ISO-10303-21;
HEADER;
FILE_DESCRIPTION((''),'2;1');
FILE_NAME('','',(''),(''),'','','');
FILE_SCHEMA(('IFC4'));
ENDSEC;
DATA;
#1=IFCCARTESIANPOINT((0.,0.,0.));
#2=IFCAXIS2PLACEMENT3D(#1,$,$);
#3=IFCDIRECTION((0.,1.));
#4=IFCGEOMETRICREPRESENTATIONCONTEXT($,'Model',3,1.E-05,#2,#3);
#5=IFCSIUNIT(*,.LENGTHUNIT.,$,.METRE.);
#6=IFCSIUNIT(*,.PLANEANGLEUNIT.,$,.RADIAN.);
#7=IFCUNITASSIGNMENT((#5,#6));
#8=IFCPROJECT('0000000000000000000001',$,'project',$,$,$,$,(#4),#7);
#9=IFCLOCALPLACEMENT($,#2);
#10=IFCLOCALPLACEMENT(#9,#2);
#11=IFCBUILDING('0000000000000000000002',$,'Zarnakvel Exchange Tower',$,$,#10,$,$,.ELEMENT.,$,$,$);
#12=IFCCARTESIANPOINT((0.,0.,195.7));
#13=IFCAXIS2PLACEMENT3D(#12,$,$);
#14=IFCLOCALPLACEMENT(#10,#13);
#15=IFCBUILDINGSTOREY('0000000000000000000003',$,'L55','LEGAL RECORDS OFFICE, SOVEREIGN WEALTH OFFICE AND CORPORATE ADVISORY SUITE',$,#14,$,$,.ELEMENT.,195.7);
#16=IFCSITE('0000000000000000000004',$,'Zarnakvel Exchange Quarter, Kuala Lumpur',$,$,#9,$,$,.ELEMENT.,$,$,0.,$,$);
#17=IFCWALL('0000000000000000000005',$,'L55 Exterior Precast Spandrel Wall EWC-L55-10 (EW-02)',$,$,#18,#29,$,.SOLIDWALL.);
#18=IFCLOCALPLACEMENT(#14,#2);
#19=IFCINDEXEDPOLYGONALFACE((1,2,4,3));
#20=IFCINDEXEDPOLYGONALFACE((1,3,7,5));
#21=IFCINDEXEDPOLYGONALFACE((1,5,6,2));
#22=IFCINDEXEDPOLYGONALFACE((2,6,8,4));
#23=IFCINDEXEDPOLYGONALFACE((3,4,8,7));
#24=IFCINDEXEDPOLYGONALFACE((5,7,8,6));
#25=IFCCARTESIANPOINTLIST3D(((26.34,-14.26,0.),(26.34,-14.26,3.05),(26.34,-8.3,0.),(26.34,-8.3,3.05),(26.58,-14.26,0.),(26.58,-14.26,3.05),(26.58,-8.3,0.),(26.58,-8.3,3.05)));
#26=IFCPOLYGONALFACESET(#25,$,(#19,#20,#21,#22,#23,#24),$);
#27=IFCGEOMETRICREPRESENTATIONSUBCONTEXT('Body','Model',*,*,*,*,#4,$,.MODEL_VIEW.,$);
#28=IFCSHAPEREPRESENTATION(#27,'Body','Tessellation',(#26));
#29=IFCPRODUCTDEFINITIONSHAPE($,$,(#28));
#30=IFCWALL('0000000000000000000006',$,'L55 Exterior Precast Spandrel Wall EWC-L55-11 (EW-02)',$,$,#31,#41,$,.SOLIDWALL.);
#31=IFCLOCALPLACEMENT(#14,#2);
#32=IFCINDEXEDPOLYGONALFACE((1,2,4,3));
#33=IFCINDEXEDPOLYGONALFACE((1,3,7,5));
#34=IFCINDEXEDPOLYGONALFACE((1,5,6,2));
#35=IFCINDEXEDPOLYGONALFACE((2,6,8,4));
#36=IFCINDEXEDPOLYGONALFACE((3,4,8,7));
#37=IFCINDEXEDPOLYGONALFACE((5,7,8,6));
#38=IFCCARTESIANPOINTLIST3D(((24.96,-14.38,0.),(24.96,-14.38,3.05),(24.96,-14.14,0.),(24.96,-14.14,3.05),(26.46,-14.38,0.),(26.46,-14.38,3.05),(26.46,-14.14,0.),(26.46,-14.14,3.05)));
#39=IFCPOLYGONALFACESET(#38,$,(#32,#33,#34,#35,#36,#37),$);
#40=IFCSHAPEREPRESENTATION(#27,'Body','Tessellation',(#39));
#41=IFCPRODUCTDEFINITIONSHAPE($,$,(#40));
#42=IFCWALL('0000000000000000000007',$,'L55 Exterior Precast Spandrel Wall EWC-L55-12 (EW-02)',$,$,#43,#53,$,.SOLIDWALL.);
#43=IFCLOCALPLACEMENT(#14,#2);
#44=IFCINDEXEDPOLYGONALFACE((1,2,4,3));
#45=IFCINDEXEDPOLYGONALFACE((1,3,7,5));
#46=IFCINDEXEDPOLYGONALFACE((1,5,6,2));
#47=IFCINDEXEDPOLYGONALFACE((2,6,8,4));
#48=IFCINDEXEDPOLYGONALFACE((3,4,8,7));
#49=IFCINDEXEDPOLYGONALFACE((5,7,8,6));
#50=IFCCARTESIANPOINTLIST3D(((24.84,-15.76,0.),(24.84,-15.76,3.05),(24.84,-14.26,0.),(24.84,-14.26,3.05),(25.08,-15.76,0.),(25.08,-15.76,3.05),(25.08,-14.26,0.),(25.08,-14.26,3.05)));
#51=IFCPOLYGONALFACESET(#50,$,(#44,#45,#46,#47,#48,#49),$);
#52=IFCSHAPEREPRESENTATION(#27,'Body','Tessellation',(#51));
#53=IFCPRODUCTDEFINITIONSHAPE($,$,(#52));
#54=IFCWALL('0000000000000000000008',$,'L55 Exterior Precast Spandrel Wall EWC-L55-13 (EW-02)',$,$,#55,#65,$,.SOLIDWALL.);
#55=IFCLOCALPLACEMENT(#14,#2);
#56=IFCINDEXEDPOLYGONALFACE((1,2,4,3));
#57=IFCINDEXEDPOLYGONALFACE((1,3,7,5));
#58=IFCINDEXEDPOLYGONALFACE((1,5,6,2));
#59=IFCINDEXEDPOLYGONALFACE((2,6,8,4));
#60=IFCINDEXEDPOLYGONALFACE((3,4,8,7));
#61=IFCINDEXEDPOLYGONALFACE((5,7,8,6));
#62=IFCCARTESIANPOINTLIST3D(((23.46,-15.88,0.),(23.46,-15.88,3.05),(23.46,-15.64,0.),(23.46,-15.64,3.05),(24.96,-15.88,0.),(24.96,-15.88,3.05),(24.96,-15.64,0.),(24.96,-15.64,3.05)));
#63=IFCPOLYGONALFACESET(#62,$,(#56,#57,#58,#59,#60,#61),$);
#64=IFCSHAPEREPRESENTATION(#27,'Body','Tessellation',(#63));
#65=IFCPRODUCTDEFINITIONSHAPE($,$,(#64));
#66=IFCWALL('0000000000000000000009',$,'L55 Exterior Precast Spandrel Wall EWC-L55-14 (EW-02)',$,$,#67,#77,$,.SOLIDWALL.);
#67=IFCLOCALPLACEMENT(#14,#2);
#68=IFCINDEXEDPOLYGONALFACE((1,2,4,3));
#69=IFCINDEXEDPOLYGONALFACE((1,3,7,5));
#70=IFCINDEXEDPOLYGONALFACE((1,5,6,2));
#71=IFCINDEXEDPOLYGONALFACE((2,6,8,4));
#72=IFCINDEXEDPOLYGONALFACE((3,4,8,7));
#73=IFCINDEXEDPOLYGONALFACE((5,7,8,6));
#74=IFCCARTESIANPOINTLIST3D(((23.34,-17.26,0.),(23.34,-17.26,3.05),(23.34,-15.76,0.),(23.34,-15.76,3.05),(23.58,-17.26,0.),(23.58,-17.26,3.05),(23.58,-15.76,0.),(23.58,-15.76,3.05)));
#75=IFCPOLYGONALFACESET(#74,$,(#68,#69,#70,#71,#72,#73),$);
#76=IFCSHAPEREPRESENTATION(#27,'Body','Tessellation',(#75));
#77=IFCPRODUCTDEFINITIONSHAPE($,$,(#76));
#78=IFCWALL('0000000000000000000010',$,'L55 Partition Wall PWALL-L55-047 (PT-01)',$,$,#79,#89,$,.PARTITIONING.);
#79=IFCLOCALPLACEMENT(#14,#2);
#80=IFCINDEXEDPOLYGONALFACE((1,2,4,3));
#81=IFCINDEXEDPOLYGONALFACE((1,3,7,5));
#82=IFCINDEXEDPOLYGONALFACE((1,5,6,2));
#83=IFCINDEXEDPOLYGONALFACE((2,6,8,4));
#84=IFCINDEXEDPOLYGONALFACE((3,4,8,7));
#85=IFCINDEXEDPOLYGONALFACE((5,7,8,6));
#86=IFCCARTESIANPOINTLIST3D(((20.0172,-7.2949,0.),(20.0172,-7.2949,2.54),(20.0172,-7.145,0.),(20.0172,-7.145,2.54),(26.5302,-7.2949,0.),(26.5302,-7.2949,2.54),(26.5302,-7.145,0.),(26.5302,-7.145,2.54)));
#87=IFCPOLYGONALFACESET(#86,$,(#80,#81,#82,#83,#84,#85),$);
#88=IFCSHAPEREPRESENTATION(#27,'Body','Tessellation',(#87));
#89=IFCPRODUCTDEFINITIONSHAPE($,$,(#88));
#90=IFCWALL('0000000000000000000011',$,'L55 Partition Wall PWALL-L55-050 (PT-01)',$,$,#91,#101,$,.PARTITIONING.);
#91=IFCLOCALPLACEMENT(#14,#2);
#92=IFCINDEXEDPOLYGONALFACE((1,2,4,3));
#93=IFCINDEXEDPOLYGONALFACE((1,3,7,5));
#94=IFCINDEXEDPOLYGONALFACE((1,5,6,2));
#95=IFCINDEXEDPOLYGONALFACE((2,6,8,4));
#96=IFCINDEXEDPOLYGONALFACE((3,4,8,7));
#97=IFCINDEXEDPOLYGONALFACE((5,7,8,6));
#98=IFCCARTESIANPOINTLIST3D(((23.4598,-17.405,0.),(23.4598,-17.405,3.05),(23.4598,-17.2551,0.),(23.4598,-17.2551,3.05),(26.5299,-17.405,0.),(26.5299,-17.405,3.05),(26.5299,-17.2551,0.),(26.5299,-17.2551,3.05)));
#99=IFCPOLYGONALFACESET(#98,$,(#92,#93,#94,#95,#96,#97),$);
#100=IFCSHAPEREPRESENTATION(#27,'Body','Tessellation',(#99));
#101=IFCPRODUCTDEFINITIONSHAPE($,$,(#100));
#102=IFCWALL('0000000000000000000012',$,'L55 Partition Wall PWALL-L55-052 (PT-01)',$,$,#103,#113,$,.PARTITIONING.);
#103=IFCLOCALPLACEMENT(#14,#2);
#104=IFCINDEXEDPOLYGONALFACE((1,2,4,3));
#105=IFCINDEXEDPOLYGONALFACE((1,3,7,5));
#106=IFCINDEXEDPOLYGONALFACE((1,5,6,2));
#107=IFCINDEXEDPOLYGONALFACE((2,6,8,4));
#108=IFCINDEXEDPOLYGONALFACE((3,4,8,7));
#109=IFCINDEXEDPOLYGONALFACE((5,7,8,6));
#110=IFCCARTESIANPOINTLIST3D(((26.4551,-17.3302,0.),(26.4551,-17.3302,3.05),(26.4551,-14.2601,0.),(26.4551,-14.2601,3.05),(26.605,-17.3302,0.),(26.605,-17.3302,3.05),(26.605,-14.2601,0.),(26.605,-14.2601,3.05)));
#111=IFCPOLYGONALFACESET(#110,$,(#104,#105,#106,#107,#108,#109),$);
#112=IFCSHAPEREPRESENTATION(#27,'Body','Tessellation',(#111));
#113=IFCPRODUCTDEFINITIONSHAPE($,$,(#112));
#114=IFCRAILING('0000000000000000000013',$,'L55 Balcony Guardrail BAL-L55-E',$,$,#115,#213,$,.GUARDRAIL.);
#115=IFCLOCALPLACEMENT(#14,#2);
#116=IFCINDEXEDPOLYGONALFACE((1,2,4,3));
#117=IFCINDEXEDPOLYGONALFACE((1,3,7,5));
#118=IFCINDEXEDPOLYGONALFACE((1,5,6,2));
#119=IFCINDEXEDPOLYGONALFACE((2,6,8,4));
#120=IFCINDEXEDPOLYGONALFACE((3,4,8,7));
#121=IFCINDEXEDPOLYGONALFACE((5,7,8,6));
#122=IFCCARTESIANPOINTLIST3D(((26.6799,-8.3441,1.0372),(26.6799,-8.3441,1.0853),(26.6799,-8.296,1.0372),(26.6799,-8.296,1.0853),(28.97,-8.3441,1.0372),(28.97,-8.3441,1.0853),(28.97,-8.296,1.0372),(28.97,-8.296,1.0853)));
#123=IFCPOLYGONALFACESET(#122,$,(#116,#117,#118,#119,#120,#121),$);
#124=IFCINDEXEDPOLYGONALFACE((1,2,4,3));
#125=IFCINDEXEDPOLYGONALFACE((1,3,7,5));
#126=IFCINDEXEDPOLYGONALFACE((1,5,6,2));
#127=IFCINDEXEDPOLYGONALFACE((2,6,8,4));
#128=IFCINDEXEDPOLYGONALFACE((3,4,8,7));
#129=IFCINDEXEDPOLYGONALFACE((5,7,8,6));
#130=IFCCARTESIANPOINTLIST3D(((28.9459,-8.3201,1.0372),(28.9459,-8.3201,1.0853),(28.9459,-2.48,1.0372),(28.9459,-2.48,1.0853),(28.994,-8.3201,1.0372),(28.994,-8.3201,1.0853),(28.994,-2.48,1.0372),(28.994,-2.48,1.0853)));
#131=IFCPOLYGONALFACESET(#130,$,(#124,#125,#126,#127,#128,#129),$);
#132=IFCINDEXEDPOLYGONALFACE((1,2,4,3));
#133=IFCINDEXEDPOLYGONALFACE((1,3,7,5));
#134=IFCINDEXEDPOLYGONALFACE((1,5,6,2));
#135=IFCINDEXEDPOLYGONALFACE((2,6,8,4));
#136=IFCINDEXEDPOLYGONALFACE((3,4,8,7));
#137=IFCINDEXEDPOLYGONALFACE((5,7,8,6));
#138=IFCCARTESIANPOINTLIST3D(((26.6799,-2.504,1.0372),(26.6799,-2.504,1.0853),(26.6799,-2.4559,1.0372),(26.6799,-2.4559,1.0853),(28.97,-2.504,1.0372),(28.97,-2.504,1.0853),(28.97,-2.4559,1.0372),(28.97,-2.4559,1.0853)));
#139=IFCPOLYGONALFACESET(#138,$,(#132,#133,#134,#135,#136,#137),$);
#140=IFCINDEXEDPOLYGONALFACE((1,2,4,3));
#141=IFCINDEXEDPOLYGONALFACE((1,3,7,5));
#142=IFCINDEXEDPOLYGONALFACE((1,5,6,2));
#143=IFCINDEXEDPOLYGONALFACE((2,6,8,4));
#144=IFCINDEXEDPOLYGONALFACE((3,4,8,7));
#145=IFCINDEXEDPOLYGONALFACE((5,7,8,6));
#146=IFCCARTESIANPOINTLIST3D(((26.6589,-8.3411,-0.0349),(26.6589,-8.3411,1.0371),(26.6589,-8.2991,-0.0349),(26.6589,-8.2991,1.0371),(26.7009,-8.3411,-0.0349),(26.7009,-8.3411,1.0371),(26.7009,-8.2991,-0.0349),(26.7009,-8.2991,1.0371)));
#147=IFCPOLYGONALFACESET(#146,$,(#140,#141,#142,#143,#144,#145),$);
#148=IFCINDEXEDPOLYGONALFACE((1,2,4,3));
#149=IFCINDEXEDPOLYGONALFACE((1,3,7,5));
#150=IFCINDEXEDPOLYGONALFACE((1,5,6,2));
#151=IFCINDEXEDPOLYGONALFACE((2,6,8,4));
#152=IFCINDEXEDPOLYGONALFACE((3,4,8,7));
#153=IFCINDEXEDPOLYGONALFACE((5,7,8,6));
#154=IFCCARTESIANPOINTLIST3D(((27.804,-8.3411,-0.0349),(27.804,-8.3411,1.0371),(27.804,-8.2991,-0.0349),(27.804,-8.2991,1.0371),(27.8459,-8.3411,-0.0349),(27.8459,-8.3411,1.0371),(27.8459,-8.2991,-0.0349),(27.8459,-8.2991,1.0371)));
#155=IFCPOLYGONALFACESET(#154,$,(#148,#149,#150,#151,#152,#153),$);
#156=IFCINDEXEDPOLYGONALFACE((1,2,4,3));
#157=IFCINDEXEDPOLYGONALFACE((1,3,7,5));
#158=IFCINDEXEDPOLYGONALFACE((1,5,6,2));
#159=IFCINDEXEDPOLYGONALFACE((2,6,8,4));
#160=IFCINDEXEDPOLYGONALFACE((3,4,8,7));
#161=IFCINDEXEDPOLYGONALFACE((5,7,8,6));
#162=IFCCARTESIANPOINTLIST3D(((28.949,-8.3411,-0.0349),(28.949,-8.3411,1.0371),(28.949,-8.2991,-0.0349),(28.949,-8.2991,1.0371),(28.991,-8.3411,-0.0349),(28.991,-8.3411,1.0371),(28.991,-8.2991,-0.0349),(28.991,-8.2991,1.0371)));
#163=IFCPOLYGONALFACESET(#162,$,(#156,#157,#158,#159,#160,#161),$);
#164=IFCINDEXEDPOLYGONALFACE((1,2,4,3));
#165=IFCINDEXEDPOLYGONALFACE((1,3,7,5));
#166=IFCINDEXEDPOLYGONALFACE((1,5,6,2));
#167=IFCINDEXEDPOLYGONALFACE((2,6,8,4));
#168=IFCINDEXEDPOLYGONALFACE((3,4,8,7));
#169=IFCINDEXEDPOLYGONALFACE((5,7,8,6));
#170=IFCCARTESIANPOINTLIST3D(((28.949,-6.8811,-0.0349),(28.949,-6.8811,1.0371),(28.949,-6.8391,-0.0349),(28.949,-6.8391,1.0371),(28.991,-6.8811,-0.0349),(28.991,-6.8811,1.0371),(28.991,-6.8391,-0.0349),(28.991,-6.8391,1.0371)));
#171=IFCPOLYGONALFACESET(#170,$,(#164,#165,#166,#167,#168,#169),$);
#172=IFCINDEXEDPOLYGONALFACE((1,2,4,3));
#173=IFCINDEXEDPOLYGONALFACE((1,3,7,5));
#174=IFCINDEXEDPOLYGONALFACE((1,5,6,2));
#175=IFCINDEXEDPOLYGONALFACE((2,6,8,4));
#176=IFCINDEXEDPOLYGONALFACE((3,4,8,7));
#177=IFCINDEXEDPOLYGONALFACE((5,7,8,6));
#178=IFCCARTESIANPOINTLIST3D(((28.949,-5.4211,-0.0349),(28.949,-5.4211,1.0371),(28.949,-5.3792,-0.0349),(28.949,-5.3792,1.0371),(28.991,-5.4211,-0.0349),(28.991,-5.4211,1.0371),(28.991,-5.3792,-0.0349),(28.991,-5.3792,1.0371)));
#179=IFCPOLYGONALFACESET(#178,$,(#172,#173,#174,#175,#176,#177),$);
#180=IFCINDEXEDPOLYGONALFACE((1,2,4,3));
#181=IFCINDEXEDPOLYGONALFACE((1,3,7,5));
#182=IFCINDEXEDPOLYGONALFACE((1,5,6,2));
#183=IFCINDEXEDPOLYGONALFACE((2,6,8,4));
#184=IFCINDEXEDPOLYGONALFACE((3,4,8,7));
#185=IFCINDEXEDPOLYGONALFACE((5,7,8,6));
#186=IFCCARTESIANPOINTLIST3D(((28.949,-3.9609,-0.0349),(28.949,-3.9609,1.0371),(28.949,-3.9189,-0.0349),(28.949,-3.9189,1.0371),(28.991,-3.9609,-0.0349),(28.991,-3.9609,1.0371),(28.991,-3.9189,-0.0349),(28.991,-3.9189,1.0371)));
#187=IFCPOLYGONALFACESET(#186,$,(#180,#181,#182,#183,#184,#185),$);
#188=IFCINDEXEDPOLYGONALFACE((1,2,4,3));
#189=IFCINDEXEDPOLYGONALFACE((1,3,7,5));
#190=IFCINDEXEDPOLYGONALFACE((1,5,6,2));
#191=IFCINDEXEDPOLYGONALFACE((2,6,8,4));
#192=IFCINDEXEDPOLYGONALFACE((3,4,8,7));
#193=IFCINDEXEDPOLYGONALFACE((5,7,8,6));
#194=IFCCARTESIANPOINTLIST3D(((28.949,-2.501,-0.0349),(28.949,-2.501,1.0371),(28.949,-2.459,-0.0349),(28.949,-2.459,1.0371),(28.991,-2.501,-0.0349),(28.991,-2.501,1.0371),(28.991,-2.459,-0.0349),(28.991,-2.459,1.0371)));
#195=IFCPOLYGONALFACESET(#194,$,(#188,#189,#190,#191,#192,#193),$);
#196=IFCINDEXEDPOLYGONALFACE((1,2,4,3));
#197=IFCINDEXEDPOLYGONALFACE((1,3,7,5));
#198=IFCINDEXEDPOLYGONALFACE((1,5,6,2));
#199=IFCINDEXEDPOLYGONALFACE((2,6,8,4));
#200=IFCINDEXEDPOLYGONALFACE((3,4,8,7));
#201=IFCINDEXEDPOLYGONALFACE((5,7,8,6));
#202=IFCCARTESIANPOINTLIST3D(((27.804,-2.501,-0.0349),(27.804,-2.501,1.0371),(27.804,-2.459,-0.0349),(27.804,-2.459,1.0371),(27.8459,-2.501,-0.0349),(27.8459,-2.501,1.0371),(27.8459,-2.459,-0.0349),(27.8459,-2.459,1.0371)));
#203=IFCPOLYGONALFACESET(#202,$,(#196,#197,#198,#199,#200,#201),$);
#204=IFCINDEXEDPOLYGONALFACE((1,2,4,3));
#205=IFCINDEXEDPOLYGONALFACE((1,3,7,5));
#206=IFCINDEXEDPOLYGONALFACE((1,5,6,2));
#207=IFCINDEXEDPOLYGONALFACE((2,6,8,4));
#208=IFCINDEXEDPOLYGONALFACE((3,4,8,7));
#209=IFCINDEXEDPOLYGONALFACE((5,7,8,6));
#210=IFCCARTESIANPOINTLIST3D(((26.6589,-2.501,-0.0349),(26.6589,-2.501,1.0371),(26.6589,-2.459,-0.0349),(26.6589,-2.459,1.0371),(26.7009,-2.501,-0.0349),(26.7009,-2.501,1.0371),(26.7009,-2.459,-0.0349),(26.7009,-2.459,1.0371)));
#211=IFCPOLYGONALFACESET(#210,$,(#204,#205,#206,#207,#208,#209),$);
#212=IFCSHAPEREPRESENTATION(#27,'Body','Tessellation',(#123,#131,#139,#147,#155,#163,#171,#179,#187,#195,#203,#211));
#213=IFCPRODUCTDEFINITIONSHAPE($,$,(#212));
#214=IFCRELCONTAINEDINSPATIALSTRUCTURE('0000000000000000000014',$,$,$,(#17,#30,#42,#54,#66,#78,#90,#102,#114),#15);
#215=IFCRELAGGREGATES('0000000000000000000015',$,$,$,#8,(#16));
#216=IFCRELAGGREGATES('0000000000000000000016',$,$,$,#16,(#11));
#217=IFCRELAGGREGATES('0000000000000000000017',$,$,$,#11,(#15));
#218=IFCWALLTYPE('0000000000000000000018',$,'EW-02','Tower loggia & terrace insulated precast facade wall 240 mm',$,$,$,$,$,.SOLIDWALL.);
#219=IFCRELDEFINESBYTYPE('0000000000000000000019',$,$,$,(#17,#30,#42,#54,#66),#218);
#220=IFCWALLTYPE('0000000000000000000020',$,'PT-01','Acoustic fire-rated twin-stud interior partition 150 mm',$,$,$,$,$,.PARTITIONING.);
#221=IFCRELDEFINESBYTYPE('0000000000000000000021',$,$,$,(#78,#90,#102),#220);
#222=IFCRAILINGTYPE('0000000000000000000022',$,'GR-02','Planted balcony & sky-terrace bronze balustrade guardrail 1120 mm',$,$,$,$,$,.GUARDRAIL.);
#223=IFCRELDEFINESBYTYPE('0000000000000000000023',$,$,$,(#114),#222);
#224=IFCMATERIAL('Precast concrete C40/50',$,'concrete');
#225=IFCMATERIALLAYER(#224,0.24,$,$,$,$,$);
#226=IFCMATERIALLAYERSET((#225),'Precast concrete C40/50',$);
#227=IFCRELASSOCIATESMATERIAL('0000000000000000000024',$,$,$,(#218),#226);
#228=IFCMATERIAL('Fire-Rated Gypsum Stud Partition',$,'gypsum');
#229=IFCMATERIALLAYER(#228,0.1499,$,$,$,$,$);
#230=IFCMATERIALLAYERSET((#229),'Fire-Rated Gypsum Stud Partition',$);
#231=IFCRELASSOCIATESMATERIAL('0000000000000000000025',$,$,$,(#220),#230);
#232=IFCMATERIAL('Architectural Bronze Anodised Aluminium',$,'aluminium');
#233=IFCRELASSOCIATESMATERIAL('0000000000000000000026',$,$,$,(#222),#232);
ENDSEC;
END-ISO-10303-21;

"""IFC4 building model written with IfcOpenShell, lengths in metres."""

from ifc_helpers import new_model, si_unit, direction, frame, frame_2d, origin, origin_2d, place, context, subcontext, project, spatial, rectangle, extrude, material, layer, layer_set, type_object, element, save


model = new_model("IFC4")

# Units and contexts
model_context = context("Model", 3, precision=1e-05, world=origin(), true_north=direction((0.0, 1.0)))
body_context = subcontext(model_context, "Body", "Model", "MODEL_VIEW")
ifc_project = project(units=[si_unit("LENGTHUNIT", "METRE"), si_unit("PLANEANGLEUNIT", "RADIAN")], contexts=[model_context])

# Site, building, storey
site_placement = place(None, origin())
site = spatial("IfcSite", under=ifc_project, at=site_placement, Name="Zarnakvel Exchange Quarter, Kuala Lumpur", CompositionType="ELEMENT", RefElevation=0.0)
building_placement = place(site_placement, origin())
building = spatial("IfcBuilding", under=site, at=building_placement, Name="Zarnakvel Exchange Tower", CompositionType="ELEMENT")
storey_placement = place(building_placement, frame((0.0, 0.0, 195.7)))
storey = spatial("IfcBuildingStorey", under=building, at=storey_placement, Name="L55", Description="LEGAL RECORDS OFFICE, SOVEREIGN WEALTH OFFICE AND CORPORATE ADVISORY SUITE", CompositionType="ELEMENT", Elevation=195.7)

# Shared definitions
ifc_material_1 = material(Name="Architectural Bronze Anodised Aluminium", Category="aluminium")

# Shared definitions
ifc_material_2 = material(Name="Precast concrete C40/50", Category="concrete")
ifc_layer_1 = layer(ifc_material_2, 0.24)
ifc_layer_set_1 = layer_set([ifc_layer_1], Name="Precast concrete C40/50")
wall_type_1 = type_object("IfcWallType", Name="EW-02", Description="Tower loggia & terrace insulated precast facade wall 240 mm", PredefinedType="SOLIDWALL", material=ifc_layer_set_1)

# Walls
wall_1_placement = place(storey_placement, frame((26.46, -14.26, 0.0), z_axis=(0.0, 0.0, 1.0), x_axis=(0.0, 1.0, 0.0)))
element("IfcWall", 1, at=wall_1_placement, inside=storey, type_object=wall_type_1, Name="L55 Exterior Precast Spandrel Wall EWC-L55-10 (EW-02)", PredefinedType="SOLIDWALL", context=body_context, shape_type="SweptSolid", body=[
    extrude(rectangle(XDim=5.96, YDim=0.24, at=frame_2d((2.98, 0.0))), origin(), (0.0, 0.0, 1.0), 3.05),
])
for number, where, z_axis, x_axis, name in (
    (2, (24.96, -14.26, 0.0), (0.0, 0.0, 1.0), (1.0, 0.0, 0.0), "L55 Exterior Precast Spandrel Wall EWC-L55-11 (EW-02)"),
    (3, (24.96, -15.76, 0.0), (0.0, 0.0, 1.0), (0.0, 1.0, 0.0), "L55 Exterior Precast Spandrel Wall EWC-L55-12 (EW-02)"),
    (4, (23.46, -15.76, 0.0), (0.0, 0.0, 1.0), (1.0, 0.0, 0.0), "L55 Exterior Precast Spandrel Wall EWC-L55-13 (EW-02)"),
    (5, (23.46, -17.26, 0.0), (0.0, 0.0, 1.0), (0.0, 1.0, 0.0), "L55 Exterior Precast Spandrel Wall EWC-L55-14 (EW-02)"),
):
    element("IfcWall", number, at=place(storey_placement, frame(where, z_axis=z_axis, x_axis=x_axis)), inside=storey, type_object=wall_type_1, Name=name, PredefinedType="SOLIDWALL", context=body_context, shape_type="SweptSolid", body=[
        extrude(rectangle(XDim=1.5, YDim=0.24, at=frame_2d((0.75, 0.0))), origin(), (0.0, 0.0, 1.0), 3.05),
    ])
ifc_material_3 = material(Name="Fire-Rated Gypsum Stud Partition", Category="gypsum")
ifc_layer_2 = layer(ifc_material_3, 0.1499)
ifc_layer_set_2 = layer_set([ifc_layer_2], Name="Fire-Rated Gypsum Stud Partition")
wall_type_2 = type_object("IfcWallType", Name="PT-01", Description="Acoustic fire-rated twin-stud interior partition 150 mm", PredefinedType="PARTITIONING", material=ifc_layer_set_2)
wall_2_placement = place(storey_placement, frame((26.53, -7.22, 0.0), z_axis=(0.0, 0.0, 1.0), x_axis=(-1.0, 0.0, 0.0)))
element("IfcWall", 6, at=wall_2_placement, inside=storey, type_object=wall_type_2, Name="L55 Partition Wall PWALL-L55-047 (PT-01)", PredefinedType="PARTITIONING", context=body_context, shape_type="SweptSolid", body=[
    extrude(rectangle(XDim=6.5129, YDim=0.1499, at=frame_2d((3.2563, 0.0))), origin(), (0.0, 0.0, 1.0), 2.54),
])
for number, where, z_axis, x_axis, name in (
    (7, (26.53, -17.3301, 0.0), (0.0, 0.0, 1.0), (-1.0, 0.0, 0.0), "L55 Partition Wall PWALL-L55-050 (PT-01)"),
    (8, (26.53, -14.26, 0.0), (0.0, 0.0, 1.0), (0.0, -1.0, 0.0), "L55 Partition Wall PWALL-L55-052 (PT-01)"),
):
    element("IfcWall", number, at=place(storey_placement, frame(where, z_axis=z_axis, x_axis=x_axis)), inside=storey, type_object=wall_type_2, Name=name, PredefinedType="PARTITIONING", context=body_context, shape_type="SweptSolid", body=[
        extrude(rectangle(XDim=3.0701, YDim=0.1499, at=frame_2d((1.5352, 0.0))), origin(), (0.0, 0.0, 1.0), 3.05),
    ])

# Railing
railing_type = type_object("IfcRailingType", Name="GR-02", Description="Planted balcony & sky-terrace bronze balustrade guardrail 1120 mm", PredefinedType="GUARDRAIL", material=ifc_material_1)
railing_1_placement = place(storey_placement, frame((26.6799, -8.3201, -0.0349)))
element("IfcRailing", 9, at=railing_1_placement, inside=storey, type_object=railing_type, Name="L55 Balcony Guardrail BAL-L55-E", PredefinedType="GUARDRAIL", context=body_context, shape_type="SweptSolid", body=[
    extrude(rectangle(XDim=0.0481, YDim=0.0481, at=origin_2d()), frame((0.0, 0.0, 1.0962), z_axis=(1.0, 0.0, 0.0), x_axis=(0.0, 1.0, 0.0)), (0.0, 0.0, 1.0), 2.29),
    extrude(rectangle(XDim=0.0481, YDim=0.0481, at=origin_2d()), frame((2.29, 0.0, 1.0962), z_axis=(0.0, 1.0, 0.0), x_axis=(-1.0, 0.0, 0.0)), (0.0, 0.0, 1.0), 5.8401),
    extrude(rectangle(XDim=0.0481, YDim=0.0481, at=origin_2d()), frame((2.29, 5.8401, 1.0962), z_axis=(-1.0, 0.0, 0.0), x_axis=(0.0, -1.0, 0.0)), (0.0, 0.0, 1.0), 2.29),
    extrude(rectangle(XDim=0.042, YDim=0.042, at=origin_2d()), origin(), (0.0, 0.0, 1.0), 1.072),
    extrude(rectangle(XDim=0.042, YDim=0.042, at=origin_2d()), frame((1.145, 0.0, 0.0)), (0.0, 0.0, 1.0), 1.072),
    extrude(rectangle(XDim=0.042, YDim=0.042, at=origin_2d()), frame((2.29, 0.0, 0.0)), (0.0, 0.0, 1.0), 1.072),
    extrude(rectangle(XDim=0.042, YDim=0.042, at=origin_2d()), frame((2.29, 1.46, 0.0)), (0.0, 0.0, 1.0), 1.072),
    extrude(rectangle(XDim=0.042, YDim=0.042, at=origin_2d()), frame((2.29, 2.9199, 0.0)), (0.0, 0.0, 1.0), 1.072),
    extrude(rectangle(XDim=0.042, YDim=0.042, at=origin_2d()), frame((2.29, 4.3801, 0.0)), (0.0, 0.0, 1.0), 1.072),
    extrude(rectangle(XDim=0.042, YDim=0.042, at=origin_2d()), frame((2.29, 5.8401, 0.0)), (0.0, 0.0, 1.0), 1.072),
    extrude(rectangle(XDim=0.042, YDim=0.042, at=origin_2d()), frame((1.145, 5.8401, 0.0)), (0.0, 0.0, 1.0), 1.072),
    extrude(rectangle(XDim=0.042, YDim=0.042, at=origin_2d()), frame((0.0, 5.8401, 0.0)), (0.0, 0.0, 1.0), 1.072),
])

save(model, "model.ifc")
